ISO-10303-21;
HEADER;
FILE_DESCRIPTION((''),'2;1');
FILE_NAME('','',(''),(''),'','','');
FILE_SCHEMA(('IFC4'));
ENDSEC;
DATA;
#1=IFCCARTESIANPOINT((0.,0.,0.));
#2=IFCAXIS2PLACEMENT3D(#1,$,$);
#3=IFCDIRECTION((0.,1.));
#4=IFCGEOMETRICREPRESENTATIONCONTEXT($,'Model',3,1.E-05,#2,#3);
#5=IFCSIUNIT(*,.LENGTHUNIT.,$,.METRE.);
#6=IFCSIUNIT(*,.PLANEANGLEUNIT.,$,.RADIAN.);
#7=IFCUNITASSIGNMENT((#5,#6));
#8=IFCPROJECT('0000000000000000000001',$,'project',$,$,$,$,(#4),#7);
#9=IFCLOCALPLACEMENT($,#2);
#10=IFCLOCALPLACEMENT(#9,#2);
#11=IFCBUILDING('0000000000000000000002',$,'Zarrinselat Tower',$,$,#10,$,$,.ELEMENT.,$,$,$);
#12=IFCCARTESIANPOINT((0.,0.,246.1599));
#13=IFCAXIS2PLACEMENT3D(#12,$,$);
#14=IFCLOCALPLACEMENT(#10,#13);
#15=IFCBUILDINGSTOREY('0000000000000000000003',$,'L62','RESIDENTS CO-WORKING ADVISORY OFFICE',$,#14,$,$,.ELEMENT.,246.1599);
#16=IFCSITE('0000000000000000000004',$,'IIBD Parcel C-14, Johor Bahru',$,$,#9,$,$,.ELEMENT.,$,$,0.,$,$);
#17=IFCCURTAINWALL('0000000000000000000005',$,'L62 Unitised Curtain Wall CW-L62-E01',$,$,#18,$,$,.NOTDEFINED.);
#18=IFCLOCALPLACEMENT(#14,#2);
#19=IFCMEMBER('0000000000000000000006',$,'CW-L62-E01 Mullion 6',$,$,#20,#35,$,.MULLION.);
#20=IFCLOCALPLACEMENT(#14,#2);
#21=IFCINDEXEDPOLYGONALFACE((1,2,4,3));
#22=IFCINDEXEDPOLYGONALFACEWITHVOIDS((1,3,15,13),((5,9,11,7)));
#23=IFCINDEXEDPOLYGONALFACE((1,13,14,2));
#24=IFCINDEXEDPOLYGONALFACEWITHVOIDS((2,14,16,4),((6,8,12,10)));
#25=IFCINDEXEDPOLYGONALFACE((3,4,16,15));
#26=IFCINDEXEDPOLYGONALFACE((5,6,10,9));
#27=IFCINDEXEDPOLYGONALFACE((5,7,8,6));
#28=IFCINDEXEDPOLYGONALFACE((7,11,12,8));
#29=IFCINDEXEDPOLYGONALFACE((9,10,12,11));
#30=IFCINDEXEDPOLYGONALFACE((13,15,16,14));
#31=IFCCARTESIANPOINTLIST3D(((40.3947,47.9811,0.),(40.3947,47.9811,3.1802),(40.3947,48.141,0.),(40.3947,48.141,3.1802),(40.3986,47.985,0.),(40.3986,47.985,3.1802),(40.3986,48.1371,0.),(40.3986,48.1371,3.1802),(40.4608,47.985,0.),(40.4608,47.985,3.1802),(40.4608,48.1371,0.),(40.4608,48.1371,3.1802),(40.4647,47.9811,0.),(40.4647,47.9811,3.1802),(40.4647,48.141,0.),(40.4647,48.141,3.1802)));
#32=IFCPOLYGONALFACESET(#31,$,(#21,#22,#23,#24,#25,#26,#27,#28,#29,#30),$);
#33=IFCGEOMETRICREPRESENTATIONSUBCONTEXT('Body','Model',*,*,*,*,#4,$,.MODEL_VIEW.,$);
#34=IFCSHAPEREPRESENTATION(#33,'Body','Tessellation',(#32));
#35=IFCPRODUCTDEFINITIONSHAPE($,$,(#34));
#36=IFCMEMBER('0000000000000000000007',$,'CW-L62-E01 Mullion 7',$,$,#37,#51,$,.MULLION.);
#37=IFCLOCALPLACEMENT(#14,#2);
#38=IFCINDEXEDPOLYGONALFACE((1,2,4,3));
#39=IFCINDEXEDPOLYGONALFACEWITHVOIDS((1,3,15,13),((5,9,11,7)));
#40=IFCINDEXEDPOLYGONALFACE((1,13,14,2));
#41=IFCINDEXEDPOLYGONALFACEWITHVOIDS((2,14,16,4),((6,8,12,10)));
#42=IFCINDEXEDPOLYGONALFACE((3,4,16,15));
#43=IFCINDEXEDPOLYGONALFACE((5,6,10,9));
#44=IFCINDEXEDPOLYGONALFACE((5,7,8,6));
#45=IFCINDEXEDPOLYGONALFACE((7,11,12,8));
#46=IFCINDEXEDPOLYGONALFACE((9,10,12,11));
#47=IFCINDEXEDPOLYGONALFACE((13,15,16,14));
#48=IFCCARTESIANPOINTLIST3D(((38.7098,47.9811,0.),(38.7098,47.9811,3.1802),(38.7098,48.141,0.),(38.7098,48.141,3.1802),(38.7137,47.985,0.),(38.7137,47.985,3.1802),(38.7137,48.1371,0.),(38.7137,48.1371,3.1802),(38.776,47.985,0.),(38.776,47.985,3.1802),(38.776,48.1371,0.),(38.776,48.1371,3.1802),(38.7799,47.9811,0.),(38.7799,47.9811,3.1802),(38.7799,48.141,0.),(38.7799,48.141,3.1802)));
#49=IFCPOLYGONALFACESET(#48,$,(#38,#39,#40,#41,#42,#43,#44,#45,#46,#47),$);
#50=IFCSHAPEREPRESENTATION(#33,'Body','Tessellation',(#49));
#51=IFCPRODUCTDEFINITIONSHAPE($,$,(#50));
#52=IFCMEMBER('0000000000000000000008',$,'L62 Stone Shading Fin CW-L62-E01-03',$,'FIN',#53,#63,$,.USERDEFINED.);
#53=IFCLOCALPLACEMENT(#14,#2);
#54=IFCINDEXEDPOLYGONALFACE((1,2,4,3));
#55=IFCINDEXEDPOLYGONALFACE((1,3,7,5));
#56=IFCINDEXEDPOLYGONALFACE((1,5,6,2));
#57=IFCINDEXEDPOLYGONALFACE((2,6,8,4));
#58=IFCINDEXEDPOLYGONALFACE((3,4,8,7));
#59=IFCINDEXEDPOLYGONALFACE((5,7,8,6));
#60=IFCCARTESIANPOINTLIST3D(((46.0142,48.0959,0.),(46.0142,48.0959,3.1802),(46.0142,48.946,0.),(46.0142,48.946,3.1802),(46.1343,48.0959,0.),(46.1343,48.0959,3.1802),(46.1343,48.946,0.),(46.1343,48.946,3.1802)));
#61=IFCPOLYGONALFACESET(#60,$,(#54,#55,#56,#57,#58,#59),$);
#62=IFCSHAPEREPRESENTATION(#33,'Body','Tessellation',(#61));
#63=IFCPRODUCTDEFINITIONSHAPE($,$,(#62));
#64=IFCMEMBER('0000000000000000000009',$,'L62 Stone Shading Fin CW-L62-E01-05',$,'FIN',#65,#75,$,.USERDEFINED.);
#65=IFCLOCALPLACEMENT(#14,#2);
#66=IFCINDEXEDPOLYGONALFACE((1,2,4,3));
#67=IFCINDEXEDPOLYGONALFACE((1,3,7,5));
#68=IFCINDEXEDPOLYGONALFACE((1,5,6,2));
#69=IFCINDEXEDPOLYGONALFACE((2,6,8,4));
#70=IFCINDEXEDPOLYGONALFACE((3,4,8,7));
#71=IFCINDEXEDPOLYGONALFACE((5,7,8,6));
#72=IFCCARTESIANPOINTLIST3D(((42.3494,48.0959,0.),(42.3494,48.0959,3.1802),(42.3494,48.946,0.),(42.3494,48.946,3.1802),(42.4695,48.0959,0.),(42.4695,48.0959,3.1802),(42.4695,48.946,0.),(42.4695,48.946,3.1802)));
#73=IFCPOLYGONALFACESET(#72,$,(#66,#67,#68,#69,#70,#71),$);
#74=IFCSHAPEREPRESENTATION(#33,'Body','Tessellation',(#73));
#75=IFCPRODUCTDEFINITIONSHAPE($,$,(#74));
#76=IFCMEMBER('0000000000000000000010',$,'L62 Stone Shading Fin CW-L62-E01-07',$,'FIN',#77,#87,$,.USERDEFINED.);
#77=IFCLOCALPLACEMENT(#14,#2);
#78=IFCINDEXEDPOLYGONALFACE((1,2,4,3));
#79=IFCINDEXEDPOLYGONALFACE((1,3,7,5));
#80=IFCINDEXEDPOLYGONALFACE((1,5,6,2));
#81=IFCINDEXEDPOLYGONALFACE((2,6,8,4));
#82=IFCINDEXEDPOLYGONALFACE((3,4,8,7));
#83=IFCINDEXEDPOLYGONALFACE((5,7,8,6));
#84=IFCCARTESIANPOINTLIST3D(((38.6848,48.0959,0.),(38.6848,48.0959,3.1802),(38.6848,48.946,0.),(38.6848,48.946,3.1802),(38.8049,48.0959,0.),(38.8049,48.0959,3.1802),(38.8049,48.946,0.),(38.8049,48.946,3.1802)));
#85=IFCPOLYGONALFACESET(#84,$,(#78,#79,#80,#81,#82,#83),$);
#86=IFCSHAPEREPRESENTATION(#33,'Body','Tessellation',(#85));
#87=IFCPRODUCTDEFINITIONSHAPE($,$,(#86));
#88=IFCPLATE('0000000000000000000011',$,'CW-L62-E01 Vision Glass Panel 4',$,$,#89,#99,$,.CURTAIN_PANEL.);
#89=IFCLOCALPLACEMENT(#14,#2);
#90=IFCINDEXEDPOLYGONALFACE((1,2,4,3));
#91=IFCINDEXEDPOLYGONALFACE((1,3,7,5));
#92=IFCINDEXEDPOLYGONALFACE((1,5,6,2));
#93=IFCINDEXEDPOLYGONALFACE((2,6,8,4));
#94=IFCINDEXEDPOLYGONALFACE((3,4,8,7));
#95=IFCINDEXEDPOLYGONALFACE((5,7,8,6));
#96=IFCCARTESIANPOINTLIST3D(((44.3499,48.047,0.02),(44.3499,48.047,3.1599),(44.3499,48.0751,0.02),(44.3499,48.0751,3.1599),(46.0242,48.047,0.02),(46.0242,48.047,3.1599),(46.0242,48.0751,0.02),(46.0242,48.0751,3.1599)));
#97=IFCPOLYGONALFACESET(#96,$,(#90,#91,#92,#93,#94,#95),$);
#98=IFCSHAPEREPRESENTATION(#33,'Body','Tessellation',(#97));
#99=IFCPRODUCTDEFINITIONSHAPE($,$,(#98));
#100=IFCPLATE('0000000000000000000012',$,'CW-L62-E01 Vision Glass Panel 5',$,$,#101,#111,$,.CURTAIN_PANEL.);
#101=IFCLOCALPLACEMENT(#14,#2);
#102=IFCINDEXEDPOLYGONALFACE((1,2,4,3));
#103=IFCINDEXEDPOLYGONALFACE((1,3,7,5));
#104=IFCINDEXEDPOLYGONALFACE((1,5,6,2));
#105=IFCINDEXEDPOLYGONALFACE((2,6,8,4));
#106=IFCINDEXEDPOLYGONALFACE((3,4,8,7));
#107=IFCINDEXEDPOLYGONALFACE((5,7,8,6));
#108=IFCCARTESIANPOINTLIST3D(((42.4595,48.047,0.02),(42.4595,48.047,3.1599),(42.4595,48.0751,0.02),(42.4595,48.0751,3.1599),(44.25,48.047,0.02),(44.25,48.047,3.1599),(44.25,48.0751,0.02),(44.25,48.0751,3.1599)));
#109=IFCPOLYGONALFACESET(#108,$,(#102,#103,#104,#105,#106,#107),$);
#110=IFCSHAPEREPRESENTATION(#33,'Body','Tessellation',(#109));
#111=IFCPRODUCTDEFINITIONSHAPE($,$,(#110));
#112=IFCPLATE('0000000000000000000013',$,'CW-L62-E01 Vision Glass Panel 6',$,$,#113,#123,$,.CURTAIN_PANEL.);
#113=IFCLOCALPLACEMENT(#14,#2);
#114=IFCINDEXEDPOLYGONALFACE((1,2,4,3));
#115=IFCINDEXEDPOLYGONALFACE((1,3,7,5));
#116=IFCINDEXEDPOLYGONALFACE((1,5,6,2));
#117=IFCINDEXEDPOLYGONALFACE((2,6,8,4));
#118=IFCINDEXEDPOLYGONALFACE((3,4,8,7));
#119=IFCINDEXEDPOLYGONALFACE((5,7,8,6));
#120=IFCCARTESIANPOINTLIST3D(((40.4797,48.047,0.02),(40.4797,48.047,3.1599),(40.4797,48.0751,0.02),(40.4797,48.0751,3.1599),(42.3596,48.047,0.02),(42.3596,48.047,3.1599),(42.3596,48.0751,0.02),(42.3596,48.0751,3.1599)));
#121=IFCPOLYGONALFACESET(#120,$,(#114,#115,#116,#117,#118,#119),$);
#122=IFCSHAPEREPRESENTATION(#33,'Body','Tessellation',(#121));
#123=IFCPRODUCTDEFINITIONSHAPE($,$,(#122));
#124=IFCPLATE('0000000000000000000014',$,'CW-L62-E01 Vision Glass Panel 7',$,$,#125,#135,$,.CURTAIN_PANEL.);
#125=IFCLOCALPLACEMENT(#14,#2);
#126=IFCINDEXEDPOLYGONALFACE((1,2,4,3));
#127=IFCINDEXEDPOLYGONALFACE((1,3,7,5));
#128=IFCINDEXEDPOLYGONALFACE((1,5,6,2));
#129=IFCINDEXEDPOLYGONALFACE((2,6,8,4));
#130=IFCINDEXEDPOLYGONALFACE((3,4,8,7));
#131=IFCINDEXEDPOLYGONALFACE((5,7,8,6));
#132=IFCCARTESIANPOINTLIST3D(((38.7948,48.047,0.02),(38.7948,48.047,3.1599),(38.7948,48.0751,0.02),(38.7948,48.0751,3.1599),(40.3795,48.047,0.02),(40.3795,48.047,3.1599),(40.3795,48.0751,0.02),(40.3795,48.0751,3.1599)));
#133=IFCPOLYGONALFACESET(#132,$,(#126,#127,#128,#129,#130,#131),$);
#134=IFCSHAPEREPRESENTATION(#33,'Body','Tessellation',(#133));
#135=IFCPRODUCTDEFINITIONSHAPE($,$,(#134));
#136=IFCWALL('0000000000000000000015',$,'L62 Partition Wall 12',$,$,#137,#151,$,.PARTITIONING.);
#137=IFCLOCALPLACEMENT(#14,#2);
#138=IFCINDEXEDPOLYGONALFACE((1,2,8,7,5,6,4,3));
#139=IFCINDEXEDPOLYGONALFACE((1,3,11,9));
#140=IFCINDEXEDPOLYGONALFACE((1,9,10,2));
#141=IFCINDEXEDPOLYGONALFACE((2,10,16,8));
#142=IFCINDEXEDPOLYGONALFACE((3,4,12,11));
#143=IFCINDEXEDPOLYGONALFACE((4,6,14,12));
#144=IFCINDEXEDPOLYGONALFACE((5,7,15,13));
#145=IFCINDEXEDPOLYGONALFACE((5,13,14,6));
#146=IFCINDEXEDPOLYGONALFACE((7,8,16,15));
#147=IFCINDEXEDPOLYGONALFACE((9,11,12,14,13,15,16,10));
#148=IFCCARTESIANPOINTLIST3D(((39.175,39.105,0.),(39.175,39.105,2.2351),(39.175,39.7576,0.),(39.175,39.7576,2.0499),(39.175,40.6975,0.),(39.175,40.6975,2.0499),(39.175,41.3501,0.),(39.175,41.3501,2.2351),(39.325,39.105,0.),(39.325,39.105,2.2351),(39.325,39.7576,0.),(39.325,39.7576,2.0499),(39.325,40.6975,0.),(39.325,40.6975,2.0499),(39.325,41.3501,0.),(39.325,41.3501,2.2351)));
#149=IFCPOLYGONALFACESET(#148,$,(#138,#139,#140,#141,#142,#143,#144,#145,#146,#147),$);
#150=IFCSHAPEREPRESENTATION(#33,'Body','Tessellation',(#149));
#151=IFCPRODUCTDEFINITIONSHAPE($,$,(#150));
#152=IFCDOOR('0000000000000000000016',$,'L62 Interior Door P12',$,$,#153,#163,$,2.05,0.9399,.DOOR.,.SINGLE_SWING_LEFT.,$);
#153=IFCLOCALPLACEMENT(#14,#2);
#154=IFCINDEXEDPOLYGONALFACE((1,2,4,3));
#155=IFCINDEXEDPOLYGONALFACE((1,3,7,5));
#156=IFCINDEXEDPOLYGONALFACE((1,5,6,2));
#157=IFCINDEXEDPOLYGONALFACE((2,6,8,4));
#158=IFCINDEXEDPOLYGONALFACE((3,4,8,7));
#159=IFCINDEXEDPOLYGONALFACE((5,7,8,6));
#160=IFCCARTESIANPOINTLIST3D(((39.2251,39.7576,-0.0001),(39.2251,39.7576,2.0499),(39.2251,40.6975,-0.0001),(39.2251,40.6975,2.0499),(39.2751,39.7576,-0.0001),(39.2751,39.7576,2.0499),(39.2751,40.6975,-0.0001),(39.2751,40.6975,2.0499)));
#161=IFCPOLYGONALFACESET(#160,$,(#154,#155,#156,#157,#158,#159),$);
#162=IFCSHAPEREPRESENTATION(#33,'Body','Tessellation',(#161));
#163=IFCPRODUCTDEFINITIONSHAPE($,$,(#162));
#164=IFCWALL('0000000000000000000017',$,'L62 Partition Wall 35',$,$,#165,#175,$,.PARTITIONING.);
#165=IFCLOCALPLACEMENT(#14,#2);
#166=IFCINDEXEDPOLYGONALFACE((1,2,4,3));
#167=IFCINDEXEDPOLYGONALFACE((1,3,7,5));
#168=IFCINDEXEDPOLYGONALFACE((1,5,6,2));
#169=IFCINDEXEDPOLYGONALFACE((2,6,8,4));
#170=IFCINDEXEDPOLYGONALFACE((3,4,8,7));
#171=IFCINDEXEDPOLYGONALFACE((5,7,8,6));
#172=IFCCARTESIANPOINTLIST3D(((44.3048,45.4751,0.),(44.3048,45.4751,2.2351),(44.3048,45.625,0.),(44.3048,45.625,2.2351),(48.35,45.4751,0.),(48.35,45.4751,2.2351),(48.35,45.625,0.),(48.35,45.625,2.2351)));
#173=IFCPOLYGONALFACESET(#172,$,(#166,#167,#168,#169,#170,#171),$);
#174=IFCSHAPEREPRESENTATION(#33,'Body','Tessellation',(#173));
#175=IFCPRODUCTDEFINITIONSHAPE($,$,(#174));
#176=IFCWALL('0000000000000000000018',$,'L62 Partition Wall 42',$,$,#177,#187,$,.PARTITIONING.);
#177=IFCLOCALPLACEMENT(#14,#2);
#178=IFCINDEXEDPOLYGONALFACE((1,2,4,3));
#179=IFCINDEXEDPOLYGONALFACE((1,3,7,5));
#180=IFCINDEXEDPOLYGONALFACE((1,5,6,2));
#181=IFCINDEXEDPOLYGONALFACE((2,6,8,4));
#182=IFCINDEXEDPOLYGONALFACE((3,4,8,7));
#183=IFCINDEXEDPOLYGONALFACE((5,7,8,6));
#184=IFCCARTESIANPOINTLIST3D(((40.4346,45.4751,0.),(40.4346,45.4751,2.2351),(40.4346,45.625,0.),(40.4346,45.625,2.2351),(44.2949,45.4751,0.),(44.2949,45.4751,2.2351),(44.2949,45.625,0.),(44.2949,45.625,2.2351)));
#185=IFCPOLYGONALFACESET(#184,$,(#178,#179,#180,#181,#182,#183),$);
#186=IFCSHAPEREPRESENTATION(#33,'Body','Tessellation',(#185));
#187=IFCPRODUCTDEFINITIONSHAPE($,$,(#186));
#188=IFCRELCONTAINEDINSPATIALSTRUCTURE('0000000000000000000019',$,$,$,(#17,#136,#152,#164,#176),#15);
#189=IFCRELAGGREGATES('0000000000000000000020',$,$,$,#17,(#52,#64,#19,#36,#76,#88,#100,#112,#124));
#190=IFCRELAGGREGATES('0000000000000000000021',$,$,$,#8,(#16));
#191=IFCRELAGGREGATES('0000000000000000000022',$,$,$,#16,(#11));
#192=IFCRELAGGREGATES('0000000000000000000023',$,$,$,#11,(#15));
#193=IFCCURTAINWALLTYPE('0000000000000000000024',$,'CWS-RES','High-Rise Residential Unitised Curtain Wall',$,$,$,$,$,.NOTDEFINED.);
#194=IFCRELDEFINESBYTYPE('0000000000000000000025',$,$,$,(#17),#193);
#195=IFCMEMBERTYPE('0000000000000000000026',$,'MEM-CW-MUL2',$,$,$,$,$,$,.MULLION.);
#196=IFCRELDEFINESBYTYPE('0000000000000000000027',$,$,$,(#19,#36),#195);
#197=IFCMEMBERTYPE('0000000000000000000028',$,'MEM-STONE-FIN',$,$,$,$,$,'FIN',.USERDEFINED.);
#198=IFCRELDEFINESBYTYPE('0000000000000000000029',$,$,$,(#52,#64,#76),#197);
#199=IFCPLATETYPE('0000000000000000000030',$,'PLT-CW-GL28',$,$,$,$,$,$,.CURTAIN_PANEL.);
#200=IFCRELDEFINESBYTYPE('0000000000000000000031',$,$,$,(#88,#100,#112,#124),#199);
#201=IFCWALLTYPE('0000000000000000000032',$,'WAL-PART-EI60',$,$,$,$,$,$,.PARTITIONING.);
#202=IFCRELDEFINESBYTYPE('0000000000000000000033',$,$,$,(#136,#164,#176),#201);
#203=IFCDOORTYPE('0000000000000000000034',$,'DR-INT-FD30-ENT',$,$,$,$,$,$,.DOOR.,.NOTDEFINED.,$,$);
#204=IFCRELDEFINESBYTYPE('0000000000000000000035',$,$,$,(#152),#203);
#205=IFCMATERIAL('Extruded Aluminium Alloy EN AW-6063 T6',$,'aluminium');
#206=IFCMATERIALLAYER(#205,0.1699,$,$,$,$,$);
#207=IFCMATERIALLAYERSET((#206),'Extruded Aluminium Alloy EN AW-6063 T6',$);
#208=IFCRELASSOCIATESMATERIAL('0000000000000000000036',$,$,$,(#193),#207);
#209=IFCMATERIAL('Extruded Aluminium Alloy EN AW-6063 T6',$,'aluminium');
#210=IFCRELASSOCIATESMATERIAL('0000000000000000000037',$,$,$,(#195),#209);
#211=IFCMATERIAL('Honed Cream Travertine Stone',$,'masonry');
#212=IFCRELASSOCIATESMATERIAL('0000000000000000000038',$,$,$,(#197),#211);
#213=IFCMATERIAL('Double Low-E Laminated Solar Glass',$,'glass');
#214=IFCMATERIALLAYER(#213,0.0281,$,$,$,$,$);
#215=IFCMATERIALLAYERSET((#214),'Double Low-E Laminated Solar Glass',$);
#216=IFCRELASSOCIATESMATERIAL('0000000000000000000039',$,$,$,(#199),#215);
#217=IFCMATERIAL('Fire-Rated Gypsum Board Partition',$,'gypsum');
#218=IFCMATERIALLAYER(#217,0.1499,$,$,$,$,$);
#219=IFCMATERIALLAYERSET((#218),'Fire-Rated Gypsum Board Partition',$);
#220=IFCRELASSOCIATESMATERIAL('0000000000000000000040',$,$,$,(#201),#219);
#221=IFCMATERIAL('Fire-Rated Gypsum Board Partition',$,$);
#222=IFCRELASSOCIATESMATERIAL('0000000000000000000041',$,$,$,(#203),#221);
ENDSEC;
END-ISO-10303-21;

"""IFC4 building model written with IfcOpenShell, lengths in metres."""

from ifc_helpers import new_model, si_unit, direction, frame, frame_2d, origin, origin_2d, place, context, subcontext, project, spatial, rectangle, hollow_rectangle, extrude, material, layer, layer_set, material_profile, profile_set, type_object, element, fill, aggregate, save


model = new_model("IFC4")

# Units and contexts
model_context = context("Model", 3, precision=1e-05, world=origin(), true_north=direction((0.0, 1.0)))
body_context = subcontext(model_context, "Body", "Model", "MODEL_VIEW")
ifc_project = project(units=[si_unit("LENGTHUNIT", "METRE"), si_unit("PLANEANGLEUNIT", "RADIAN")], contexts=[model_context])

# Site, building, storey
site_placement = place(None, origin())
site = spatial("IfcSite", under=ifc_project, at=site_placement, Name="IIBD Parcel C-14, Johor Bahru", CompositionType="ELEMENT", RefElevation=0.0)
building_placement = place(site_placement, origin())
building = spatial("IfcBuilding", under=site, at=building_placement, Name="Zarrinselat Tower", CompositionType="ELEMENT")
storey_placement = place(building_placement, frame((0.0, 0.0, 246.1599)))
storey = spatial("IfcBuildingStorey", under=building, at=storey_placement, Name="L62", Description="RESIDENTS CO-WORKING ADVISORY OFFICE", CompositionType="ELEMENT", Elevation=246.1599)

# Curtain wall, members, plates
ifc_material_1 = material(Name="Extruded Aluminium Alloy EN AW-6063 T6", Category="aluminium")
ifc_layer_1 = layer(ifc_material_1, 0.1699)
ifc_layer_set_1 = layer_set([ifc_layer_1], Name="Extruded Aluminium Alloy EN AW-6063 T6")
curtain_wall_type = type_object("IfcCurtainWallType", Name="CWS-RES", Description="High-Rise Residential Unitised Curtain Wall", PredefinedType="NOTDEFINED", material=ifc_layer_set_1)
curtain_wall_placement = place(storey_placement, origin())
curtain_wall = element("IfcCurtainWall", 1, at=curtain_wall_placement, inside=storey, type_object=curtain_wall_type, Name="L62 Unitised Curtain Wall CW-L62-E01", PredefinedType="NOTDEFINED")
ifc_material_2 = material(Name="Extruded Aluminium Alloy EN AW-6063 T6", Category="aluminium")
ifc_material_profile_1 = material_profile(ifc_material_2, hollow_rectangle(XDim=0.0701, YDim=0.1599, WallThickness=0.0039, at=origin_2d()), Name="RHS 160x70x4")
ifc_profile_set_1 = profile_set([ifc_material_profile_1], Name="Extruded Aluminium Alloy EN AW-6063 T6")
member_type_1 = type_object("IfcMemberType", Name="MEM-CW-MUL2", PredefinedType="MULLION", material=ifc_profile_set_1)
member_1_placement = place(storey_placement, frame((40.4297, 48.061, 0.0), z_axis=(0.0, 0.0, 1.0), x_axis=(-1.0, 0.0, 0.0)))
member_1 = element("IfcMember", 2, at=member_1_placement, type_object=member_type_1, Name="CW-L62-E01 Mullion 6", PredefinedType="MULLION", context=body_context, shape_type="SweptSolid", body=[
    extrude(hollow_rectangle(XDim=0.0701, YDim=0.1599, WallThickness=0.0039, at=origin_2d()), origin(), (0.0, 0.0, 1.0), 3.1802),
])
member_2_placement = place(storey_placement, frame((38.7449, 48.061, 0.0), z_axis=(0.0, 0.0, 1.0), x_axis=(-1.0, 0.0, 0.0)))
member_2 = element("IfcMember", 3, at=member_2_placement, type_object=member_type_1, Name="CW-L62-E01 Mullion 7", PredefinedType="MULLION", context=body_context, shape_type="SweptSolid", body=[
    extrude(hollow_rectangle(XDim=0.0701, YDim=0.1599, WallThickness=0.0039, at=origin_2d()), origin(), (0.0, 0.0, 1.0), 3.1802),
])
ifc_material_3 = material(Name="Honed Cream Travertine Stone", Category="masonry")
ifc_material_profile_2 = material_profile(ifc_material_3, rectangle(XDim=0.1201, YDim=0.8501, at=origin_2d()), Name="FIN 850x120")
ifc_profile_set_2 = profile_set([ifc_material_profile_2], Name="Honed Cream Travertine Stone")
member_type_2 = type_object("IfcMemberType", Name="MEM-STONE-FIN", ElementType="FIN", PredefinedType="USERDEFINED", material=ifc_profile_set_2)
member_3_placement = place(storey_placement, frame((46.0742, 48.521, 0.0), z_axis=(0.0, 0.0, 1.0), x_axis=(1.0, 0.0, 0.0)))
member_3 = element("IfcMember", 4, at=member_3_placement, type_object=member_type_2, Name="L62 Stone Shading Fin CW-L62-E01-03", ObjectType="FIN", PredefinedType="USERDEFINED", context=body_context, shape_type="SweptSolid", body=[
    extrude(rectangle(XDim=0.1201, YDim=0.8501, at=origin_2d()), origin(), (0.0, 0.0, 1.0), 3.1802),
])
member_4_placement = place(storey_placement, frame((42.4094, 48.521, 0.0), z_axis=(0.0, 0.0, 1.0), x_axis=(1.0, 0.0, 0.0)))
member_4 = element("IfcMember", 5, at=member_4_placement, type_object=member_type_2, Name="L62 Stone Shading Fin CW-L62-E01-05", ObjectType="FIN", PredefinedType="USERDEFINED", context=body_context, shape_type="SweptSolid", body=[
    extrude(rectangle(XDim=0.1201, YDim=0.8501, at=origin_2d()), origin(), (0.0, 0.0, 1.0), 3.1802),
])
member_5_placement = place(storey_placement, frame((38.7449, 48.521, 0.0), z_axis=(0.0, 0.0, 1.0), x_axis=(1.0, 0.0, 0.0)))
member_5 = element("IfcMember", 6, at=member_5_placement, type_object=member_type_2, Name="L62 Stone Shading Fin CW-L62-E01-07", ObjectType="FIN", PredefinedType="USERDEFINED", context=body_context, shape_type="SweptSolid", body=[
    extrude(rectangle(XDim=0.1201, YDim=0.8501, at=origin_2d()), origin(), (0.0, 0.0, 1.0), 3.1802),
])
ifc_material_4 = material(Name="Double Low-E Laminated Solar Glass", Category="glass")
ifc_layer_2 = layer(ifc_material_4, 0.0281)
ifc_layer_set_2 = layer_set([ifc_layer_2], Name="Double Low-E Laminated Solar Glass")
plate_type = type_object("IfcPlateType", Name="PLT-CW-GL28", PredefinedType="CURTAIN_PANEL", material=ifc_layer_set_2)
plate_1_placement = place(storey_placement, frame((45.187, 48.061, 0.02), z_axis=(0.0, 0.0, 1.0), x_axis=(-1.0, 0.0, 0.0)))
plate_1 = element("IfcPlate", 7, at=plate_1_placement, type_object=plate_type, Name="CW-L62-E01 Vision Glass Panel 4", PredefinedType="CURTAIN_PANEL", context=body_context, shape_type="SweptSolid", body=[
    extrude(rectangle(XDim=1.6743, YDim=0.0281, at=origin_2d()), origin(), (0.0, 0.0, 1.0), 3.1399),
])
plate_2_placement = place(storey_placement, frame((43.3547, 48.061, 0.02), z_axis=(0.0, 0.0, 1.0), x_axis=(-1.0, 0.0, 0.0)))
plate_2 = element("IfcPlate", 8, at=plate_2_placement, type_object=plate_type, Name="CW-L62-E01 Vision Glass Panel 5", PredefinedType="CURTAIN_PANEL", context=body_context, shape_type="SweptSolid", body=[
    extrude(rectangle(XDim=1.7905, YDim=0.0281, at=origin_2d()), origin(), (0.0, 0.0, 1.0), 3.1399),
])
plate_3_placement = place(storey_placement, frame((41.4197, 48.061, 0.02), z_axis=(0.0, 0.0, 1.0), x_axis=(-1.0, 0.0, 0.0)))
plate_3 = element("IfcPlate", 9, at=plate_3_placement, type_object=plate_type, Name="CW-L62-E01 Vision Glass Panel 6", PredefinedType="CURTAIN_PANEL", context=body_context, shape_type="SweptSolid", body=[
    extrude(rectangle(XDim=1.8799, YDim=0.0281, at=origin_2d()), origin(), (0.0, 0.0, 1.0), 3.1399),
])
plate_4_placement = place(storey_placement, frame((39.5872, 48.061, 0.02), z_axis=(0.0, 0.0, 1.0), x_axis=(-1.0, 0.0, 0.0)))
plate_4 = element("IfcPlate", 10, at=plate_4_placement, type_object=plate_type, Name="CW-L62-E01 Vision Glass Panel 7", PredefinedType="CURTAIN_PANEL", context=body_context, shape_type="SweptSolid", body=[
    extrude(rectangle(XDim=1.5847, YDim=0.0281, at=origin_2d()), origin(), (0.0, 0.0, 1.0), 3.1399),
])
aggregate(curtain_wall, [member_3, member_4, member_1, member_2, member_5, plate_1, plate_2, plate_3, plate_4])

# Wall, opening, door
ifc_material_5 = material(Name="Fire-Rated Gypsum Board Partition", Category="gypsum")
ifc_layer_3 = layer(ifc_material_5, 0.1499)
ifc_layer_set_3 = layer_set([ifc_layer_3], Name="Fire-Rated Gypsum Board Partition")
wall_type_1 = type_object("IfcWallType", Name="WAL-PART-EI60", PredefinedType="PARTITIONING", material=ifc_layer_set_3)
wall_1_placement = place(storey_placement, frame((39.25, 39.105, 0.0), z_axis=(0.0, 0.0, 1.0), x_axis=(0.0, 1.0, 0.0)))
wall_1 = element("IfcWall", 11, at=wall_1_placement, inside=storey, type_object=wall_type_1, Name="L62 Partition Wall 12", PredefinedType="PARTITIONING", context=body_context, shape_type="SweptSolid", body=[
    extrude(rectangle(XDim=2.2451, YDim=0.1499, at=frame_2d((1.1226, 0.0))), origin(), (0.0, 0.0, 1.0), 2.2351),
])
opening_1_placement = place(wall_1_placement, frame((0.6526, 0.0, 0.0)))
opening_1 = element("IfcOpeningElement", 12, at=opening_1_placement, cuts=wall_1, PredefinedType="OPENING", context=body_context, shape_type="SweptSolid", body=[
    extrude(rectangle(XDim=0.9399, YDim=2.05, at=frame_2d((0.47, 1.0249))), frame((0.0, 0.085, 0.0), z_axis=(0.0, -1.0, 0.0), x_axis=(1.0, 0.0, 0.0)), (0.0, 0.0, 1.0), 0.1699),
])
ifc_material_6 = material(Name="Fire-Rated Gypsum Board Partition")
door_type_1 = type_object("IfcDoorType", Name="DR-INT-FD30-ENT", OperationType="NOTDEFINED", PredefinedType="DOOR", material=ifc_material_6)
door_1_placement = place(opening_1_placement, origin())
door_1 = element("IfcDoor", 13, at=door_1_placement, inside=storey, type_object=door_type_1, Name="L62 Interior Door P12", OperationType="SINGLE_SWING_LEFT", OverallHeight=2.05, OverallWidth=0.9399, PredefinedType="DOOR", context=body_context, shape_type="SweptSolid", body=[
    extrude(rectangle(XDim=0.9399, YDim=2.05, at=frame_2d((0.47, 1.0249))), frame((0.0, 0.0249, 0.0), z_axis=(0.0, -1.0, 0.0), x_axis=(1.0, 0.0, 0.0)), (0.0, 0.0, 1.0), 0.05),
])
fill(opening_1, door_1)

# Walls
wall_2_placement = place(storey_placement, frame((44.3049, 45.55, 0.0), z_axis=(0.0, 0.0, 1.0), x_axis=(1.0, 0.0, 0.0)))
element("IfcWall", 14, at=wall_2_placement, inside=storey, type_object=wall_type_1, Name="L62 Partition Wall 35", PredefinedType="PARTITIONING", context=body_context, shape_type="SweptSolid", body=[
    extrude(rectangle(XDim=4.0452, YDim=0.1499, at=frame_2d((2.0225, 0.0))), origin(), (0.0, 0.0, 1.0), 2.2351),
])
wall_3_placement = place(storey_placement, frame((40.4346, 45.55, 0.0), z_axis=(0.0, 0.0, 1.0), x_axis=(1.0, 0.0, 0.0)))
element("IfcWall", 15, at=wall_3_placement, inside=storey, type_object=wall_type_1, Name="L62 Partition Wall 42", PredefinedType="PARTITIONING", context=body_context, shape_type="SweptSolid", body=[
    extrude(rectangle(XDim=3.8604, YDim=0.1499, at=frame_2d((1.9302, 0.0))), origin(), (0.0, 0.0, 1.0), 2.2351),
])

save(model, "model.ifc")
